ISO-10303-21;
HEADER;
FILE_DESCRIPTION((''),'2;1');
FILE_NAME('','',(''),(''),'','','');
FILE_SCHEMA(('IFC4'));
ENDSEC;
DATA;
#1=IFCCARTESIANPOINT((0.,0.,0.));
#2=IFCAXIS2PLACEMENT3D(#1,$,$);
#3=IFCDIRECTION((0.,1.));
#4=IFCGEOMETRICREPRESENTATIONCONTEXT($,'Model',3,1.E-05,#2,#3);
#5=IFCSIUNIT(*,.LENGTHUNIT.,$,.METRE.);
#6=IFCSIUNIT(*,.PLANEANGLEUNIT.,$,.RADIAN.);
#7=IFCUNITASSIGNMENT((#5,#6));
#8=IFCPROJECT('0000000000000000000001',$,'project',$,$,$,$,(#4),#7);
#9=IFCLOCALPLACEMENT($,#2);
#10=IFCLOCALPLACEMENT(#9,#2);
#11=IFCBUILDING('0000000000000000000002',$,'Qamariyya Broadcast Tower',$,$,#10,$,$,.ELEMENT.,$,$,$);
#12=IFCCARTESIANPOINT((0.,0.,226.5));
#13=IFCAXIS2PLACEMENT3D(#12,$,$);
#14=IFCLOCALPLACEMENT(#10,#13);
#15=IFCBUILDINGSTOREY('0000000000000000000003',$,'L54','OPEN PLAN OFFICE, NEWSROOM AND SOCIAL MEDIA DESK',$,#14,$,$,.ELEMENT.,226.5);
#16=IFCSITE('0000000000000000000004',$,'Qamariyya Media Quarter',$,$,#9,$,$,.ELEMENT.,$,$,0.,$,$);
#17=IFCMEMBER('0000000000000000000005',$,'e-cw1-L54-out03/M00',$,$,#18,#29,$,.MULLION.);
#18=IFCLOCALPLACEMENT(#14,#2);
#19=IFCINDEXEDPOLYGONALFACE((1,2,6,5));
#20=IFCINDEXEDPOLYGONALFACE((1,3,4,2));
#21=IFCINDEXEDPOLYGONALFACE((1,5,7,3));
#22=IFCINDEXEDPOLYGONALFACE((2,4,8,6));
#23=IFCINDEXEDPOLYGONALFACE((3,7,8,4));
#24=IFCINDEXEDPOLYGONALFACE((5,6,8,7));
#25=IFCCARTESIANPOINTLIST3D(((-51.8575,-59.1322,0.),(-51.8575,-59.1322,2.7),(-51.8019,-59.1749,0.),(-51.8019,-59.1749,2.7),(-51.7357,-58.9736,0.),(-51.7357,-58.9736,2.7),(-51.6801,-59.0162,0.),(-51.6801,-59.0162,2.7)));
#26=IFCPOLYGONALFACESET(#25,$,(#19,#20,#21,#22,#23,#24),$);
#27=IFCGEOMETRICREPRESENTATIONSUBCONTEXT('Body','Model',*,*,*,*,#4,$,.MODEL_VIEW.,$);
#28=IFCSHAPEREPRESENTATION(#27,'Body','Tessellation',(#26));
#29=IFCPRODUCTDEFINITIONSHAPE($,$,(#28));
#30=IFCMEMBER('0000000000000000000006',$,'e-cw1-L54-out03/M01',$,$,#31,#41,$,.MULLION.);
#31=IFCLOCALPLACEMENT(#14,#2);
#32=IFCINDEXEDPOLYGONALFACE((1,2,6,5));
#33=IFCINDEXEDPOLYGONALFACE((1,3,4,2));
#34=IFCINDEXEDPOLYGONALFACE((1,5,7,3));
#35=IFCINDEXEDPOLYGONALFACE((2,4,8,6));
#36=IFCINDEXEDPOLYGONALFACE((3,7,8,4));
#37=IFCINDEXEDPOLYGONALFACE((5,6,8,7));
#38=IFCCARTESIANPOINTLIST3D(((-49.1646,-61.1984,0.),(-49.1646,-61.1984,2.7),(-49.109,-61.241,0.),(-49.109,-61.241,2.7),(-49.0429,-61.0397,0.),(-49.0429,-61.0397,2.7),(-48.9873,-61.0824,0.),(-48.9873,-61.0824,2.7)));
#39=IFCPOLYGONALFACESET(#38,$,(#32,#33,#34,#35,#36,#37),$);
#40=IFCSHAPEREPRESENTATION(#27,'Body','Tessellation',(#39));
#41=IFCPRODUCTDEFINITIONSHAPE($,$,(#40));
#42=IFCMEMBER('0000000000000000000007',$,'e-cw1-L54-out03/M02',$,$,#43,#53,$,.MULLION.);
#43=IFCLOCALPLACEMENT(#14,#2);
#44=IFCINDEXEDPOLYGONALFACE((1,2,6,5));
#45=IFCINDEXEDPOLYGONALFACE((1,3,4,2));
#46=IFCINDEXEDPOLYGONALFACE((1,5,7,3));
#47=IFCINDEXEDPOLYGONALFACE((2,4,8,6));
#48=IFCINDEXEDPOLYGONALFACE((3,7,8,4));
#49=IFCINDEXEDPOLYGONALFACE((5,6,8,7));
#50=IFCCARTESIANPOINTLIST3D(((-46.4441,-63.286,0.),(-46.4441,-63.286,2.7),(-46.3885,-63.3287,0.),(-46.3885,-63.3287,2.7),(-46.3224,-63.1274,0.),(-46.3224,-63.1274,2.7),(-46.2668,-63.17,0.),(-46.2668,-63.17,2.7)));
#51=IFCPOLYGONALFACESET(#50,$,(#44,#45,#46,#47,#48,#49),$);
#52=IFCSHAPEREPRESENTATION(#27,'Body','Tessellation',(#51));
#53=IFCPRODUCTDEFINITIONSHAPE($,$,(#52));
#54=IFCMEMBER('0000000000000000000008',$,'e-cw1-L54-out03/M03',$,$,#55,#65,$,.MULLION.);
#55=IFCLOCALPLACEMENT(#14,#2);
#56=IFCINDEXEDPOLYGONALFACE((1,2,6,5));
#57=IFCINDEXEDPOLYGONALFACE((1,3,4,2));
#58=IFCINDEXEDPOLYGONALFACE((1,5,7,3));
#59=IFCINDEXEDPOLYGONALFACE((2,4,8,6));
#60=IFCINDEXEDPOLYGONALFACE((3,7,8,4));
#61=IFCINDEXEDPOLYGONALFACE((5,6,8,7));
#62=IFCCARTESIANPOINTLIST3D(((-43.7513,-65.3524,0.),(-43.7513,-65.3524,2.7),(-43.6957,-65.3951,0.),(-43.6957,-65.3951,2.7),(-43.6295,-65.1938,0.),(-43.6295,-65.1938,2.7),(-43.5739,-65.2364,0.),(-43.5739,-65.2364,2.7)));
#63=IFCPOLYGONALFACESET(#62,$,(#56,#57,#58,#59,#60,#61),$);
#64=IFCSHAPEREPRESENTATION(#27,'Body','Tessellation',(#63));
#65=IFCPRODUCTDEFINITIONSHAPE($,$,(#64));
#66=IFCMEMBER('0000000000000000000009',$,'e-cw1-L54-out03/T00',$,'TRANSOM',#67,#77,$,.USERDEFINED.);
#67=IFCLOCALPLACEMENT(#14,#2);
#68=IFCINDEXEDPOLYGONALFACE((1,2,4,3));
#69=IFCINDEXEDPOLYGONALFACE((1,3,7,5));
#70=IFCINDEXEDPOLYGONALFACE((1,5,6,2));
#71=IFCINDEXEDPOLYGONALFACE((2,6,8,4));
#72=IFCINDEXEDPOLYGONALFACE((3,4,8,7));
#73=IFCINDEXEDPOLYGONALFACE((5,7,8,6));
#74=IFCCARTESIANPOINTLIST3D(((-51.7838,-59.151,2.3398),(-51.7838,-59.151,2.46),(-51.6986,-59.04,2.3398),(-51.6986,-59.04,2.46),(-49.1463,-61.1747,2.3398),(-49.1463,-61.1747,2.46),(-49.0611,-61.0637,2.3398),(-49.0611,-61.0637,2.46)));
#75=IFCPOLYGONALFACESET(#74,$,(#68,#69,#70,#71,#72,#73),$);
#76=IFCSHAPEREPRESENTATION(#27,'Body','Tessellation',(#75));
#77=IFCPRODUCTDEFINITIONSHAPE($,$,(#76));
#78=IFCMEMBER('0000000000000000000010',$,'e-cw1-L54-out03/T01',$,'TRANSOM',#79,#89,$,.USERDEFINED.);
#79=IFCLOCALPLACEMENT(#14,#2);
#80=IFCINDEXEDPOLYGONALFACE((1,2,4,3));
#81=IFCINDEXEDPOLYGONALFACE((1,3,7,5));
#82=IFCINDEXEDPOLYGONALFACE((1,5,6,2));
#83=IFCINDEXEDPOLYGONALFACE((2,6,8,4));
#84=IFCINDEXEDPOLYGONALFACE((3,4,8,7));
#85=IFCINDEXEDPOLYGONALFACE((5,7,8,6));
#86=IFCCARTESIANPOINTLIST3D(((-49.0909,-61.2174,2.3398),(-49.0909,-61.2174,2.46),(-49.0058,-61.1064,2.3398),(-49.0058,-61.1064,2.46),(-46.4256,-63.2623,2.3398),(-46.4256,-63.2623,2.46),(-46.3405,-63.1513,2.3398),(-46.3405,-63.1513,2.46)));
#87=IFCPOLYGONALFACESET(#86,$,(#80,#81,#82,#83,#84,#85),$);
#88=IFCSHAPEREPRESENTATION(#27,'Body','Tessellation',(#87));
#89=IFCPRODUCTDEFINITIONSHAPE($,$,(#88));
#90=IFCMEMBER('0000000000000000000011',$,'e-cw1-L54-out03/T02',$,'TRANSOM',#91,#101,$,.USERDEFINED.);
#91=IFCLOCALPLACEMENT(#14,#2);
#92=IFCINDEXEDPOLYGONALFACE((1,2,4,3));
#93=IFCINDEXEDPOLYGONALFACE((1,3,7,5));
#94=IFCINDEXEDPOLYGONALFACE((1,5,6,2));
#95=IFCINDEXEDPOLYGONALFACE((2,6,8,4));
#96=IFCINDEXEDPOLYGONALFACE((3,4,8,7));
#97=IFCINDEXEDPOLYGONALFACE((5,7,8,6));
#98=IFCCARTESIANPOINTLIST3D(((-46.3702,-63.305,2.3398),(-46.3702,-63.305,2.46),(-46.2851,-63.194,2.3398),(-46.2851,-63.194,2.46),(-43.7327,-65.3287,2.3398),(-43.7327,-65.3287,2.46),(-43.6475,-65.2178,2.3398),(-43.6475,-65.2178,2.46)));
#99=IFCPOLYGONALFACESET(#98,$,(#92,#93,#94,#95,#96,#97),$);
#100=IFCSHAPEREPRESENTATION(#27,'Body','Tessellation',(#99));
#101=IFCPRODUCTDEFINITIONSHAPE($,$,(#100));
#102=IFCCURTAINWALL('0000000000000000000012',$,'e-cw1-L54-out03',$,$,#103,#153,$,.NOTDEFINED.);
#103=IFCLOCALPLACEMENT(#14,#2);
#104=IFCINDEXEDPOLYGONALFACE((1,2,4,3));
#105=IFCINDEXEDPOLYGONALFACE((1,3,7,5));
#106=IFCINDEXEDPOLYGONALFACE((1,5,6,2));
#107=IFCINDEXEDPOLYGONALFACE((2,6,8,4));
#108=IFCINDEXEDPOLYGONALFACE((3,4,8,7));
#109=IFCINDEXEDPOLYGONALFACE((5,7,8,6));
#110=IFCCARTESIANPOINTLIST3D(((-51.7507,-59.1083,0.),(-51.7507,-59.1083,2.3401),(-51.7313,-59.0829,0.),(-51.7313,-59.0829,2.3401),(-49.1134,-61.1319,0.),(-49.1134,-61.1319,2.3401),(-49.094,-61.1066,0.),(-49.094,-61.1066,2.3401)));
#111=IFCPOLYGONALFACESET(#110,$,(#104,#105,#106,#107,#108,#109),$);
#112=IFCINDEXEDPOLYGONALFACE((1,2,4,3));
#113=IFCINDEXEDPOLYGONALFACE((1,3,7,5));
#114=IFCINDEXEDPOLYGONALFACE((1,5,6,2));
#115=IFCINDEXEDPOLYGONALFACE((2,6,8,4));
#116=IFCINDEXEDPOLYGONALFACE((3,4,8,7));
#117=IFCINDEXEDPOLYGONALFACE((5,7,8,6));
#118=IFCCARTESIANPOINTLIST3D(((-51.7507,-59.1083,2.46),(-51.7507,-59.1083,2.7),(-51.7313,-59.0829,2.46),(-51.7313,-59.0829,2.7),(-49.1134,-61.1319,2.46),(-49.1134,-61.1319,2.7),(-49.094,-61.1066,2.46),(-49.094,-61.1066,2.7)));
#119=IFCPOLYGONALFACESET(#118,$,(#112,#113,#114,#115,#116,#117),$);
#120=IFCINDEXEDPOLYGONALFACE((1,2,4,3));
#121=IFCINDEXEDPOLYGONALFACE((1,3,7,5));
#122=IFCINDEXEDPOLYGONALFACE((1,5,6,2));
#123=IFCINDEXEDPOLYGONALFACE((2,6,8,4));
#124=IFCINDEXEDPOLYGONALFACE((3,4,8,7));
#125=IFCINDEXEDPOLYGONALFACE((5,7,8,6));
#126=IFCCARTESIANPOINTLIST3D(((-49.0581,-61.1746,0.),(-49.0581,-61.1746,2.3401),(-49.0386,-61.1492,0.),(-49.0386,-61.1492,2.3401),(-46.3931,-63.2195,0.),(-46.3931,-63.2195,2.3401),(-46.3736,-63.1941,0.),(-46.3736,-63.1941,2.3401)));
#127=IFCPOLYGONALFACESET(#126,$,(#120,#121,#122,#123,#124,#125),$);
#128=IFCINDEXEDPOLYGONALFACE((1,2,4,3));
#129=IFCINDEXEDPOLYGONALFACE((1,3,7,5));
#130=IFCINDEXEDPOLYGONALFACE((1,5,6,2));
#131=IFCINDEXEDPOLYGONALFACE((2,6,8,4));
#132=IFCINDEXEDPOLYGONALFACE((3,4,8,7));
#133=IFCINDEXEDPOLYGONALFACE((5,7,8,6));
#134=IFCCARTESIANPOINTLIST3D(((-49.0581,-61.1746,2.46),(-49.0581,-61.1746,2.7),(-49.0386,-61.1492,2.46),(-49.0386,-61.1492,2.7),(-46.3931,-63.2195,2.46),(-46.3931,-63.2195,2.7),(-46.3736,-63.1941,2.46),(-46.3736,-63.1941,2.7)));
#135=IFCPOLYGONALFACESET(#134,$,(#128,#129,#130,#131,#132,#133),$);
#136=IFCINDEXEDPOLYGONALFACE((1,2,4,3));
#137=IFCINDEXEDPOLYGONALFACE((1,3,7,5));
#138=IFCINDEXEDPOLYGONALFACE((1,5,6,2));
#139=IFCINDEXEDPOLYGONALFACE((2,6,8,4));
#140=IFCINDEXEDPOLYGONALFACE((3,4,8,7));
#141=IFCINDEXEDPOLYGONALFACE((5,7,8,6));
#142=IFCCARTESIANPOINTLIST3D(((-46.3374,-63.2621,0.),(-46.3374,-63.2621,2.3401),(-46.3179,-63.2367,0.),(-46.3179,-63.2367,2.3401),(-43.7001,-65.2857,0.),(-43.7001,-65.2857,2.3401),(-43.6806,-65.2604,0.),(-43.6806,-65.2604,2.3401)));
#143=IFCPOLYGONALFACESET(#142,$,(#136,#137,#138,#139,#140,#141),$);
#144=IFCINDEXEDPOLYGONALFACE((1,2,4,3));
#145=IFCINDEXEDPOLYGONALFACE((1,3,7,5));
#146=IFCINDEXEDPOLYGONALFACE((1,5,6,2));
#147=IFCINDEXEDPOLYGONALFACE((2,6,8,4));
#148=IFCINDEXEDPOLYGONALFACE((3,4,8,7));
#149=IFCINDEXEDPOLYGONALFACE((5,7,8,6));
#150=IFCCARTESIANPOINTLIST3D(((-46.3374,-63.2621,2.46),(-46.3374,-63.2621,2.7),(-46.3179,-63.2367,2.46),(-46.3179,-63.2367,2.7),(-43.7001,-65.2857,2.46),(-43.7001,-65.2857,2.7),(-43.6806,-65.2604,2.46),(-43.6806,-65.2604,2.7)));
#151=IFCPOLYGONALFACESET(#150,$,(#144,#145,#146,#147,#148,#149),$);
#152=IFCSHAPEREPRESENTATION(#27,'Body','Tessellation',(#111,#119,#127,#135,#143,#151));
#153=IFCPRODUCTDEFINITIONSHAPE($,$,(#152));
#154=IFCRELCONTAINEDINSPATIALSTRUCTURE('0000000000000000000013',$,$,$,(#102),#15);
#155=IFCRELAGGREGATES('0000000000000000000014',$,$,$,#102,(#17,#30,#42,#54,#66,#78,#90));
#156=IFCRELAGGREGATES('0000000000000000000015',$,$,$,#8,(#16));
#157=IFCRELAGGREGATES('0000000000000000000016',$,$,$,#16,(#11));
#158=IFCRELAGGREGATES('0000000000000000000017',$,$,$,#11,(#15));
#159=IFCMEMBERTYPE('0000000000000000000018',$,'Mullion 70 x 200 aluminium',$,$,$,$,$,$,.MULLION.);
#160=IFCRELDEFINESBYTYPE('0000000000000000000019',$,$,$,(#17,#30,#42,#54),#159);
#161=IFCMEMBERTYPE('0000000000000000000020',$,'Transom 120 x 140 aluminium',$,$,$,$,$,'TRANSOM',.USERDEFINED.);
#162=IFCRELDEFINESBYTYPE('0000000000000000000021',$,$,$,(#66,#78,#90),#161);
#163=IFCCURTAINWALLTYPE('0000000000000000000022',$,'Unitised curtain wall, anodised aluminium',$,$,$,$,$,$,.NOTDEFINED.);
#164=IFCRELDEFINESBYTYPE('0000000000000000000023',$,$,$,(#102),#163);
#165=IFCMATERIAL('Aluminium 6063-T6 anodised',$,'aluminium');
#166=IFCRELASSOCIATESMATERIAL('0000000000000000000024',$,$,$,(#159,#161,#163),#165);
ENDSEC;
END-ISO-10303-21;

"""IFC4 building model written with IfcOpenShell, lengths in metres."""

from ifc_helpers import new_model, si_unit, direction, frame, origin, origin_2d, place, context, subcontext, project, spatial, rectangle, extrude, material, material_profile, profile_set, type_object, element, aggregate, save


model = new_model("IFC4")

# Units and contexts
model_context = context("Model", 3, precision=1e-05, world=origin(), true_north=direction((0.0, 1.0)))
body_context = subcontext(model_context, "Body", "Model", "MODEL_VIEW")
ifc_project = project(units=[si_unit("LENGTHUNIT", "METRE"), si_unit("PLANEANGLEUNIT", "RADIAN")], contexts=[model_context])

# Members
ifc_material = material(Name="Aluminium 6063-T6 anodised", Category="aluminium")
ifc_material_profile_1 = material_profile(ifc_material, rectangle(XDim=0.2, YDim=0.0701, at=origin_2d()))
ifc_profile_set_1 = profile_set([ifc_material_profile_1], Name="Aluminium 6063-T6 anodised")
member_type_1 = type_object("IfcMemberType", Name="Mullion 70 x 200 aluminium", PredefinedType="MULLION", material=ifc_profile_set_1)
site_placement = place(None, origin())
building_placement = place(site_placement, origin())
storey_placement = place(building_placement, frame((0.0, 0.0, 226.5)))
member_1_placement = place(storey_placement, frame((-51.7688, -59.0742, 0.0), z_axis=(0.0, 0.0, 1.0), x_axis=(0.608761, 0.793353, 0.0)))
member_1 = element("IfcMember", 1, at=member_1_placement, type_object=member_type_1, Name="e-cw1-L54-out03/M00", PredefinedType="MULLION", context=body_context, shape_type="SweptSolid", body=[
    extrude(rectangle(XDim=0.2, YDim=0.0701, at=origin_2d()), origin(), (0.0, 0.0, 1.0), 2.7),
])
member_2_placement = place(storey_placement, frame((-49.0759, -61.1404, 0.0), z_axis=(0.0, 0.0, 1.0), x_axis=(0.608761, 0.793353, 0.0)))
member_2 = element("IfcMember", 2, at=member_2_placement, type_object=member_type_1, Name="e-cw1-L54-out03/M01", PredefinedType="MULLION", context=body_context, shape_type="SweptSolid", body=[
    extrude(rectangle(XDim=0.2, YDim=0.0701, at=origin_2d()), origin(), (0.0, 0.0, 1.0), 2.7),
])
member_3_placement = place(storey_placement, frame((-46.3555, -63.228, 0.0), z_axis=(0.0, 0.0, 1.0), x_axis=(0.608761, 0.793353, 0.0)))
member_3 = element("IfcMember", 3, at=member_3_placement, type_object=member_type_1, Name="e-cw1-L54-out03/M02", PredefinedType="MULLION", context=body_context, shape_type="SweptSolid", body=[
    extrude(rectangle(XDim=0.2, YDim=0.0701, at=origin_2d()), origin(), (0.0, 0.0, 1.0), 2.7),
])
member_4_placement = place(storey_placement, frame((-43.6626, -65.2944, 0.0), z_axis=(0.0, 0.0, 1.0), x_axis=(0.608761, 0.793353, 0.0)))
member_4 = element("IfcMember", 4, at=member_4_placement, type_object=member_type_1, Name="e-cw1-L54-out03/M03", PredefinedType="MULLION", context=body_context, shape_type="SweptSolid", body=[
    extrude(rectangle(XDim=0.2, YDim=0.0701, at=origin_2d()), origin(), (0.0, 0.0, 1.0), 2.7),
])
ifc_material_profile_2 = material_profile(ifc_material, rectangle(XDim=0.1399, YDim=0.1201, at=origin_2d()))
ifc_profile_set_2 = profile_set([ifc_material_profile_2], Name="Aluminium 6063-T6 anodised")
member_type_2 = type_object("IfcMemberType", Name="Transom 120 x 140 aluminium", ElementType="TRANSOM", PredefinedType="USERDEFINED", material=ifc_profile_set_2)
member_5_placement = place(storey_placement, frame((-51.7412, -59.0955, 2.3999), z_axis=(0.793369, -0.608741, 0.0), x_axis=(0.608741, 0.793369, 0.0)))
member_5 = element("IfcMember", 5, at=member_5_placement, type_object=member_type_2, Name="e-cw1-L54-out03/T00", ObjectType="TRANSOM", PredefinedType="USERDEFINED", context=body_context, shape_type="SweptSolid", body=[
    extrude(rectangle(XDim=0.1399, YDim=0.1201, at=origin_2d()), origin(), (0.0, 0.0, 1.0), 3.3245),
])
member_6_placement = place(storey_placement, frame((-49.0483, -61.1619, 2.3999), z_axis=(0.793385, -0.60872, 0.0), x_axis=(0.60872, 0.793385, 0.0)))
member_6 = element("IfcMember", 6, at=member_6_placement, type_object=member_type_2, Name="e-cw1-L54-out03/T01", ObjectType="TRANSOM", PredefinedType="USERDEFINED", context=body_context, shape_type="SweptSolid", body=[
    extrude(rectangle(XDim=0.1399, YDim=0.1201, at=origin_2d()), origin(), (0.0, 0.0, 1.0), 3.3594),
])
member_7_placement = place(storey_placement, frame((-46.3276, -63.2495, 2.3999), z_axis=(0.793369, -0.608741, 0.0), x_axis=(0.608741, 0.793369, 0.0)))
member_7 = element("IfcMember", 7, at=member_7_placement, type_object=member_type_2, Name="e-cw1-L54-out03/T02", ObjectType="TRANSOM", PredefinedType="USERDEFINED", context=body_context, shape_type="SweptSolid", body=[
    extrude(rectangle(XDim=0.1399, YDim=0.1201, at=origin_2d()), origin(), (0.0, 0.0, 1.0), 3.3245),
])

# Site, building, storey
site = spatial("IfcSite", under=ifc_project, at=site_placement, Name="Qamariyya Media Quarter", CompositionType="ELEMENT", RefElevation=0.0)
building = spatial("IfcBuilding", under=site, at=building_placement, Name="Qamariyya Broadcast Tower", CompositionType="ELEMENT")
storey = spatial("IfcBuildingStorey", under=building, at=storey_placement, Name="L54", Description="OPEN PLAN OFFICE, NEWSROOM AND SOCIAL MEDIA DESK", CompositionType="ELEMENT", Elevation=226.5)

# Curtain wall
curtain_wall_type = type_object("IfcCurtainWallType", Name="Unitised curtain wall, anodised aluminium", PredefinedType="NOTDEFINED", material=ifc_material)
curtain_wall_1_placement = place(storey_placement, origin())
curtain_wall_1 = element("IfcCurtainWall", 8, at=curtain_wall_1_placement, inside=storey, type_object=curtain_wall_type, Name="e-cw1-L54-out03", PredefinedType="NOTDEFINED", context=body_context, shape_type="SweptSolid", body=[
    extrude(rectangle(XDim=3.3242, YDim=0.032, at=origin_2d()), frame((-50.4224, -60.1074, 0.0), x_axis=(0.793359, -0.608754, 0.0)), (0.0, 0.0, 1.0), 2.3401),
    extrude(rectangle(XDim=3.3242, YDim=0.032, at=origin_2d()), frame((-50.4224, -60.1074, 2.46), x_axis=(0.793359, -0.608754, 0.0)), (0.0, 0.0, 1.0), 0.24),
    extrude(rectangle(XDim=3.3591, YDim=0.032, at=origin_2d()), frame((-47.7158, -62.1843, 0.0), x_axis=(0.793359, -0.608754, 0.0)), (0.0, 0.0, 1.0), 2.3401),
    extrude(rectangle(XDim=3.3591, YDim=0.032, at=origin_2d()), frame((-47.7158, -62.1843, 2.46), x_axis=(0.793359, -0.608754, 0.0)), (0.0, 0.0, 1.0), 0.24),
    extrude(rectangle(XDim=3.3242, YDim=0.032, at=origin_2d()), frame((-45.009, -64.2612, 0.0), x_axis=(0.793359, -0.608754, 0.0)), (0.0, 0.0, 1.0), 2.3401),
    extrude(rectangle(XDim=3.3242, YDim=0.032, at=origin_2d()), frame((-45.009, -64.2612, 2.46), x_axis=(0.793359, -0.608754, 0.0)), (0.0, 0.0, 1.0), 0.24),
])
aggregate(curtain_wall_1, [member_1, member_2, member_3, member_4, member_5, member_6, member_7])

save(model, "model.ifc")
